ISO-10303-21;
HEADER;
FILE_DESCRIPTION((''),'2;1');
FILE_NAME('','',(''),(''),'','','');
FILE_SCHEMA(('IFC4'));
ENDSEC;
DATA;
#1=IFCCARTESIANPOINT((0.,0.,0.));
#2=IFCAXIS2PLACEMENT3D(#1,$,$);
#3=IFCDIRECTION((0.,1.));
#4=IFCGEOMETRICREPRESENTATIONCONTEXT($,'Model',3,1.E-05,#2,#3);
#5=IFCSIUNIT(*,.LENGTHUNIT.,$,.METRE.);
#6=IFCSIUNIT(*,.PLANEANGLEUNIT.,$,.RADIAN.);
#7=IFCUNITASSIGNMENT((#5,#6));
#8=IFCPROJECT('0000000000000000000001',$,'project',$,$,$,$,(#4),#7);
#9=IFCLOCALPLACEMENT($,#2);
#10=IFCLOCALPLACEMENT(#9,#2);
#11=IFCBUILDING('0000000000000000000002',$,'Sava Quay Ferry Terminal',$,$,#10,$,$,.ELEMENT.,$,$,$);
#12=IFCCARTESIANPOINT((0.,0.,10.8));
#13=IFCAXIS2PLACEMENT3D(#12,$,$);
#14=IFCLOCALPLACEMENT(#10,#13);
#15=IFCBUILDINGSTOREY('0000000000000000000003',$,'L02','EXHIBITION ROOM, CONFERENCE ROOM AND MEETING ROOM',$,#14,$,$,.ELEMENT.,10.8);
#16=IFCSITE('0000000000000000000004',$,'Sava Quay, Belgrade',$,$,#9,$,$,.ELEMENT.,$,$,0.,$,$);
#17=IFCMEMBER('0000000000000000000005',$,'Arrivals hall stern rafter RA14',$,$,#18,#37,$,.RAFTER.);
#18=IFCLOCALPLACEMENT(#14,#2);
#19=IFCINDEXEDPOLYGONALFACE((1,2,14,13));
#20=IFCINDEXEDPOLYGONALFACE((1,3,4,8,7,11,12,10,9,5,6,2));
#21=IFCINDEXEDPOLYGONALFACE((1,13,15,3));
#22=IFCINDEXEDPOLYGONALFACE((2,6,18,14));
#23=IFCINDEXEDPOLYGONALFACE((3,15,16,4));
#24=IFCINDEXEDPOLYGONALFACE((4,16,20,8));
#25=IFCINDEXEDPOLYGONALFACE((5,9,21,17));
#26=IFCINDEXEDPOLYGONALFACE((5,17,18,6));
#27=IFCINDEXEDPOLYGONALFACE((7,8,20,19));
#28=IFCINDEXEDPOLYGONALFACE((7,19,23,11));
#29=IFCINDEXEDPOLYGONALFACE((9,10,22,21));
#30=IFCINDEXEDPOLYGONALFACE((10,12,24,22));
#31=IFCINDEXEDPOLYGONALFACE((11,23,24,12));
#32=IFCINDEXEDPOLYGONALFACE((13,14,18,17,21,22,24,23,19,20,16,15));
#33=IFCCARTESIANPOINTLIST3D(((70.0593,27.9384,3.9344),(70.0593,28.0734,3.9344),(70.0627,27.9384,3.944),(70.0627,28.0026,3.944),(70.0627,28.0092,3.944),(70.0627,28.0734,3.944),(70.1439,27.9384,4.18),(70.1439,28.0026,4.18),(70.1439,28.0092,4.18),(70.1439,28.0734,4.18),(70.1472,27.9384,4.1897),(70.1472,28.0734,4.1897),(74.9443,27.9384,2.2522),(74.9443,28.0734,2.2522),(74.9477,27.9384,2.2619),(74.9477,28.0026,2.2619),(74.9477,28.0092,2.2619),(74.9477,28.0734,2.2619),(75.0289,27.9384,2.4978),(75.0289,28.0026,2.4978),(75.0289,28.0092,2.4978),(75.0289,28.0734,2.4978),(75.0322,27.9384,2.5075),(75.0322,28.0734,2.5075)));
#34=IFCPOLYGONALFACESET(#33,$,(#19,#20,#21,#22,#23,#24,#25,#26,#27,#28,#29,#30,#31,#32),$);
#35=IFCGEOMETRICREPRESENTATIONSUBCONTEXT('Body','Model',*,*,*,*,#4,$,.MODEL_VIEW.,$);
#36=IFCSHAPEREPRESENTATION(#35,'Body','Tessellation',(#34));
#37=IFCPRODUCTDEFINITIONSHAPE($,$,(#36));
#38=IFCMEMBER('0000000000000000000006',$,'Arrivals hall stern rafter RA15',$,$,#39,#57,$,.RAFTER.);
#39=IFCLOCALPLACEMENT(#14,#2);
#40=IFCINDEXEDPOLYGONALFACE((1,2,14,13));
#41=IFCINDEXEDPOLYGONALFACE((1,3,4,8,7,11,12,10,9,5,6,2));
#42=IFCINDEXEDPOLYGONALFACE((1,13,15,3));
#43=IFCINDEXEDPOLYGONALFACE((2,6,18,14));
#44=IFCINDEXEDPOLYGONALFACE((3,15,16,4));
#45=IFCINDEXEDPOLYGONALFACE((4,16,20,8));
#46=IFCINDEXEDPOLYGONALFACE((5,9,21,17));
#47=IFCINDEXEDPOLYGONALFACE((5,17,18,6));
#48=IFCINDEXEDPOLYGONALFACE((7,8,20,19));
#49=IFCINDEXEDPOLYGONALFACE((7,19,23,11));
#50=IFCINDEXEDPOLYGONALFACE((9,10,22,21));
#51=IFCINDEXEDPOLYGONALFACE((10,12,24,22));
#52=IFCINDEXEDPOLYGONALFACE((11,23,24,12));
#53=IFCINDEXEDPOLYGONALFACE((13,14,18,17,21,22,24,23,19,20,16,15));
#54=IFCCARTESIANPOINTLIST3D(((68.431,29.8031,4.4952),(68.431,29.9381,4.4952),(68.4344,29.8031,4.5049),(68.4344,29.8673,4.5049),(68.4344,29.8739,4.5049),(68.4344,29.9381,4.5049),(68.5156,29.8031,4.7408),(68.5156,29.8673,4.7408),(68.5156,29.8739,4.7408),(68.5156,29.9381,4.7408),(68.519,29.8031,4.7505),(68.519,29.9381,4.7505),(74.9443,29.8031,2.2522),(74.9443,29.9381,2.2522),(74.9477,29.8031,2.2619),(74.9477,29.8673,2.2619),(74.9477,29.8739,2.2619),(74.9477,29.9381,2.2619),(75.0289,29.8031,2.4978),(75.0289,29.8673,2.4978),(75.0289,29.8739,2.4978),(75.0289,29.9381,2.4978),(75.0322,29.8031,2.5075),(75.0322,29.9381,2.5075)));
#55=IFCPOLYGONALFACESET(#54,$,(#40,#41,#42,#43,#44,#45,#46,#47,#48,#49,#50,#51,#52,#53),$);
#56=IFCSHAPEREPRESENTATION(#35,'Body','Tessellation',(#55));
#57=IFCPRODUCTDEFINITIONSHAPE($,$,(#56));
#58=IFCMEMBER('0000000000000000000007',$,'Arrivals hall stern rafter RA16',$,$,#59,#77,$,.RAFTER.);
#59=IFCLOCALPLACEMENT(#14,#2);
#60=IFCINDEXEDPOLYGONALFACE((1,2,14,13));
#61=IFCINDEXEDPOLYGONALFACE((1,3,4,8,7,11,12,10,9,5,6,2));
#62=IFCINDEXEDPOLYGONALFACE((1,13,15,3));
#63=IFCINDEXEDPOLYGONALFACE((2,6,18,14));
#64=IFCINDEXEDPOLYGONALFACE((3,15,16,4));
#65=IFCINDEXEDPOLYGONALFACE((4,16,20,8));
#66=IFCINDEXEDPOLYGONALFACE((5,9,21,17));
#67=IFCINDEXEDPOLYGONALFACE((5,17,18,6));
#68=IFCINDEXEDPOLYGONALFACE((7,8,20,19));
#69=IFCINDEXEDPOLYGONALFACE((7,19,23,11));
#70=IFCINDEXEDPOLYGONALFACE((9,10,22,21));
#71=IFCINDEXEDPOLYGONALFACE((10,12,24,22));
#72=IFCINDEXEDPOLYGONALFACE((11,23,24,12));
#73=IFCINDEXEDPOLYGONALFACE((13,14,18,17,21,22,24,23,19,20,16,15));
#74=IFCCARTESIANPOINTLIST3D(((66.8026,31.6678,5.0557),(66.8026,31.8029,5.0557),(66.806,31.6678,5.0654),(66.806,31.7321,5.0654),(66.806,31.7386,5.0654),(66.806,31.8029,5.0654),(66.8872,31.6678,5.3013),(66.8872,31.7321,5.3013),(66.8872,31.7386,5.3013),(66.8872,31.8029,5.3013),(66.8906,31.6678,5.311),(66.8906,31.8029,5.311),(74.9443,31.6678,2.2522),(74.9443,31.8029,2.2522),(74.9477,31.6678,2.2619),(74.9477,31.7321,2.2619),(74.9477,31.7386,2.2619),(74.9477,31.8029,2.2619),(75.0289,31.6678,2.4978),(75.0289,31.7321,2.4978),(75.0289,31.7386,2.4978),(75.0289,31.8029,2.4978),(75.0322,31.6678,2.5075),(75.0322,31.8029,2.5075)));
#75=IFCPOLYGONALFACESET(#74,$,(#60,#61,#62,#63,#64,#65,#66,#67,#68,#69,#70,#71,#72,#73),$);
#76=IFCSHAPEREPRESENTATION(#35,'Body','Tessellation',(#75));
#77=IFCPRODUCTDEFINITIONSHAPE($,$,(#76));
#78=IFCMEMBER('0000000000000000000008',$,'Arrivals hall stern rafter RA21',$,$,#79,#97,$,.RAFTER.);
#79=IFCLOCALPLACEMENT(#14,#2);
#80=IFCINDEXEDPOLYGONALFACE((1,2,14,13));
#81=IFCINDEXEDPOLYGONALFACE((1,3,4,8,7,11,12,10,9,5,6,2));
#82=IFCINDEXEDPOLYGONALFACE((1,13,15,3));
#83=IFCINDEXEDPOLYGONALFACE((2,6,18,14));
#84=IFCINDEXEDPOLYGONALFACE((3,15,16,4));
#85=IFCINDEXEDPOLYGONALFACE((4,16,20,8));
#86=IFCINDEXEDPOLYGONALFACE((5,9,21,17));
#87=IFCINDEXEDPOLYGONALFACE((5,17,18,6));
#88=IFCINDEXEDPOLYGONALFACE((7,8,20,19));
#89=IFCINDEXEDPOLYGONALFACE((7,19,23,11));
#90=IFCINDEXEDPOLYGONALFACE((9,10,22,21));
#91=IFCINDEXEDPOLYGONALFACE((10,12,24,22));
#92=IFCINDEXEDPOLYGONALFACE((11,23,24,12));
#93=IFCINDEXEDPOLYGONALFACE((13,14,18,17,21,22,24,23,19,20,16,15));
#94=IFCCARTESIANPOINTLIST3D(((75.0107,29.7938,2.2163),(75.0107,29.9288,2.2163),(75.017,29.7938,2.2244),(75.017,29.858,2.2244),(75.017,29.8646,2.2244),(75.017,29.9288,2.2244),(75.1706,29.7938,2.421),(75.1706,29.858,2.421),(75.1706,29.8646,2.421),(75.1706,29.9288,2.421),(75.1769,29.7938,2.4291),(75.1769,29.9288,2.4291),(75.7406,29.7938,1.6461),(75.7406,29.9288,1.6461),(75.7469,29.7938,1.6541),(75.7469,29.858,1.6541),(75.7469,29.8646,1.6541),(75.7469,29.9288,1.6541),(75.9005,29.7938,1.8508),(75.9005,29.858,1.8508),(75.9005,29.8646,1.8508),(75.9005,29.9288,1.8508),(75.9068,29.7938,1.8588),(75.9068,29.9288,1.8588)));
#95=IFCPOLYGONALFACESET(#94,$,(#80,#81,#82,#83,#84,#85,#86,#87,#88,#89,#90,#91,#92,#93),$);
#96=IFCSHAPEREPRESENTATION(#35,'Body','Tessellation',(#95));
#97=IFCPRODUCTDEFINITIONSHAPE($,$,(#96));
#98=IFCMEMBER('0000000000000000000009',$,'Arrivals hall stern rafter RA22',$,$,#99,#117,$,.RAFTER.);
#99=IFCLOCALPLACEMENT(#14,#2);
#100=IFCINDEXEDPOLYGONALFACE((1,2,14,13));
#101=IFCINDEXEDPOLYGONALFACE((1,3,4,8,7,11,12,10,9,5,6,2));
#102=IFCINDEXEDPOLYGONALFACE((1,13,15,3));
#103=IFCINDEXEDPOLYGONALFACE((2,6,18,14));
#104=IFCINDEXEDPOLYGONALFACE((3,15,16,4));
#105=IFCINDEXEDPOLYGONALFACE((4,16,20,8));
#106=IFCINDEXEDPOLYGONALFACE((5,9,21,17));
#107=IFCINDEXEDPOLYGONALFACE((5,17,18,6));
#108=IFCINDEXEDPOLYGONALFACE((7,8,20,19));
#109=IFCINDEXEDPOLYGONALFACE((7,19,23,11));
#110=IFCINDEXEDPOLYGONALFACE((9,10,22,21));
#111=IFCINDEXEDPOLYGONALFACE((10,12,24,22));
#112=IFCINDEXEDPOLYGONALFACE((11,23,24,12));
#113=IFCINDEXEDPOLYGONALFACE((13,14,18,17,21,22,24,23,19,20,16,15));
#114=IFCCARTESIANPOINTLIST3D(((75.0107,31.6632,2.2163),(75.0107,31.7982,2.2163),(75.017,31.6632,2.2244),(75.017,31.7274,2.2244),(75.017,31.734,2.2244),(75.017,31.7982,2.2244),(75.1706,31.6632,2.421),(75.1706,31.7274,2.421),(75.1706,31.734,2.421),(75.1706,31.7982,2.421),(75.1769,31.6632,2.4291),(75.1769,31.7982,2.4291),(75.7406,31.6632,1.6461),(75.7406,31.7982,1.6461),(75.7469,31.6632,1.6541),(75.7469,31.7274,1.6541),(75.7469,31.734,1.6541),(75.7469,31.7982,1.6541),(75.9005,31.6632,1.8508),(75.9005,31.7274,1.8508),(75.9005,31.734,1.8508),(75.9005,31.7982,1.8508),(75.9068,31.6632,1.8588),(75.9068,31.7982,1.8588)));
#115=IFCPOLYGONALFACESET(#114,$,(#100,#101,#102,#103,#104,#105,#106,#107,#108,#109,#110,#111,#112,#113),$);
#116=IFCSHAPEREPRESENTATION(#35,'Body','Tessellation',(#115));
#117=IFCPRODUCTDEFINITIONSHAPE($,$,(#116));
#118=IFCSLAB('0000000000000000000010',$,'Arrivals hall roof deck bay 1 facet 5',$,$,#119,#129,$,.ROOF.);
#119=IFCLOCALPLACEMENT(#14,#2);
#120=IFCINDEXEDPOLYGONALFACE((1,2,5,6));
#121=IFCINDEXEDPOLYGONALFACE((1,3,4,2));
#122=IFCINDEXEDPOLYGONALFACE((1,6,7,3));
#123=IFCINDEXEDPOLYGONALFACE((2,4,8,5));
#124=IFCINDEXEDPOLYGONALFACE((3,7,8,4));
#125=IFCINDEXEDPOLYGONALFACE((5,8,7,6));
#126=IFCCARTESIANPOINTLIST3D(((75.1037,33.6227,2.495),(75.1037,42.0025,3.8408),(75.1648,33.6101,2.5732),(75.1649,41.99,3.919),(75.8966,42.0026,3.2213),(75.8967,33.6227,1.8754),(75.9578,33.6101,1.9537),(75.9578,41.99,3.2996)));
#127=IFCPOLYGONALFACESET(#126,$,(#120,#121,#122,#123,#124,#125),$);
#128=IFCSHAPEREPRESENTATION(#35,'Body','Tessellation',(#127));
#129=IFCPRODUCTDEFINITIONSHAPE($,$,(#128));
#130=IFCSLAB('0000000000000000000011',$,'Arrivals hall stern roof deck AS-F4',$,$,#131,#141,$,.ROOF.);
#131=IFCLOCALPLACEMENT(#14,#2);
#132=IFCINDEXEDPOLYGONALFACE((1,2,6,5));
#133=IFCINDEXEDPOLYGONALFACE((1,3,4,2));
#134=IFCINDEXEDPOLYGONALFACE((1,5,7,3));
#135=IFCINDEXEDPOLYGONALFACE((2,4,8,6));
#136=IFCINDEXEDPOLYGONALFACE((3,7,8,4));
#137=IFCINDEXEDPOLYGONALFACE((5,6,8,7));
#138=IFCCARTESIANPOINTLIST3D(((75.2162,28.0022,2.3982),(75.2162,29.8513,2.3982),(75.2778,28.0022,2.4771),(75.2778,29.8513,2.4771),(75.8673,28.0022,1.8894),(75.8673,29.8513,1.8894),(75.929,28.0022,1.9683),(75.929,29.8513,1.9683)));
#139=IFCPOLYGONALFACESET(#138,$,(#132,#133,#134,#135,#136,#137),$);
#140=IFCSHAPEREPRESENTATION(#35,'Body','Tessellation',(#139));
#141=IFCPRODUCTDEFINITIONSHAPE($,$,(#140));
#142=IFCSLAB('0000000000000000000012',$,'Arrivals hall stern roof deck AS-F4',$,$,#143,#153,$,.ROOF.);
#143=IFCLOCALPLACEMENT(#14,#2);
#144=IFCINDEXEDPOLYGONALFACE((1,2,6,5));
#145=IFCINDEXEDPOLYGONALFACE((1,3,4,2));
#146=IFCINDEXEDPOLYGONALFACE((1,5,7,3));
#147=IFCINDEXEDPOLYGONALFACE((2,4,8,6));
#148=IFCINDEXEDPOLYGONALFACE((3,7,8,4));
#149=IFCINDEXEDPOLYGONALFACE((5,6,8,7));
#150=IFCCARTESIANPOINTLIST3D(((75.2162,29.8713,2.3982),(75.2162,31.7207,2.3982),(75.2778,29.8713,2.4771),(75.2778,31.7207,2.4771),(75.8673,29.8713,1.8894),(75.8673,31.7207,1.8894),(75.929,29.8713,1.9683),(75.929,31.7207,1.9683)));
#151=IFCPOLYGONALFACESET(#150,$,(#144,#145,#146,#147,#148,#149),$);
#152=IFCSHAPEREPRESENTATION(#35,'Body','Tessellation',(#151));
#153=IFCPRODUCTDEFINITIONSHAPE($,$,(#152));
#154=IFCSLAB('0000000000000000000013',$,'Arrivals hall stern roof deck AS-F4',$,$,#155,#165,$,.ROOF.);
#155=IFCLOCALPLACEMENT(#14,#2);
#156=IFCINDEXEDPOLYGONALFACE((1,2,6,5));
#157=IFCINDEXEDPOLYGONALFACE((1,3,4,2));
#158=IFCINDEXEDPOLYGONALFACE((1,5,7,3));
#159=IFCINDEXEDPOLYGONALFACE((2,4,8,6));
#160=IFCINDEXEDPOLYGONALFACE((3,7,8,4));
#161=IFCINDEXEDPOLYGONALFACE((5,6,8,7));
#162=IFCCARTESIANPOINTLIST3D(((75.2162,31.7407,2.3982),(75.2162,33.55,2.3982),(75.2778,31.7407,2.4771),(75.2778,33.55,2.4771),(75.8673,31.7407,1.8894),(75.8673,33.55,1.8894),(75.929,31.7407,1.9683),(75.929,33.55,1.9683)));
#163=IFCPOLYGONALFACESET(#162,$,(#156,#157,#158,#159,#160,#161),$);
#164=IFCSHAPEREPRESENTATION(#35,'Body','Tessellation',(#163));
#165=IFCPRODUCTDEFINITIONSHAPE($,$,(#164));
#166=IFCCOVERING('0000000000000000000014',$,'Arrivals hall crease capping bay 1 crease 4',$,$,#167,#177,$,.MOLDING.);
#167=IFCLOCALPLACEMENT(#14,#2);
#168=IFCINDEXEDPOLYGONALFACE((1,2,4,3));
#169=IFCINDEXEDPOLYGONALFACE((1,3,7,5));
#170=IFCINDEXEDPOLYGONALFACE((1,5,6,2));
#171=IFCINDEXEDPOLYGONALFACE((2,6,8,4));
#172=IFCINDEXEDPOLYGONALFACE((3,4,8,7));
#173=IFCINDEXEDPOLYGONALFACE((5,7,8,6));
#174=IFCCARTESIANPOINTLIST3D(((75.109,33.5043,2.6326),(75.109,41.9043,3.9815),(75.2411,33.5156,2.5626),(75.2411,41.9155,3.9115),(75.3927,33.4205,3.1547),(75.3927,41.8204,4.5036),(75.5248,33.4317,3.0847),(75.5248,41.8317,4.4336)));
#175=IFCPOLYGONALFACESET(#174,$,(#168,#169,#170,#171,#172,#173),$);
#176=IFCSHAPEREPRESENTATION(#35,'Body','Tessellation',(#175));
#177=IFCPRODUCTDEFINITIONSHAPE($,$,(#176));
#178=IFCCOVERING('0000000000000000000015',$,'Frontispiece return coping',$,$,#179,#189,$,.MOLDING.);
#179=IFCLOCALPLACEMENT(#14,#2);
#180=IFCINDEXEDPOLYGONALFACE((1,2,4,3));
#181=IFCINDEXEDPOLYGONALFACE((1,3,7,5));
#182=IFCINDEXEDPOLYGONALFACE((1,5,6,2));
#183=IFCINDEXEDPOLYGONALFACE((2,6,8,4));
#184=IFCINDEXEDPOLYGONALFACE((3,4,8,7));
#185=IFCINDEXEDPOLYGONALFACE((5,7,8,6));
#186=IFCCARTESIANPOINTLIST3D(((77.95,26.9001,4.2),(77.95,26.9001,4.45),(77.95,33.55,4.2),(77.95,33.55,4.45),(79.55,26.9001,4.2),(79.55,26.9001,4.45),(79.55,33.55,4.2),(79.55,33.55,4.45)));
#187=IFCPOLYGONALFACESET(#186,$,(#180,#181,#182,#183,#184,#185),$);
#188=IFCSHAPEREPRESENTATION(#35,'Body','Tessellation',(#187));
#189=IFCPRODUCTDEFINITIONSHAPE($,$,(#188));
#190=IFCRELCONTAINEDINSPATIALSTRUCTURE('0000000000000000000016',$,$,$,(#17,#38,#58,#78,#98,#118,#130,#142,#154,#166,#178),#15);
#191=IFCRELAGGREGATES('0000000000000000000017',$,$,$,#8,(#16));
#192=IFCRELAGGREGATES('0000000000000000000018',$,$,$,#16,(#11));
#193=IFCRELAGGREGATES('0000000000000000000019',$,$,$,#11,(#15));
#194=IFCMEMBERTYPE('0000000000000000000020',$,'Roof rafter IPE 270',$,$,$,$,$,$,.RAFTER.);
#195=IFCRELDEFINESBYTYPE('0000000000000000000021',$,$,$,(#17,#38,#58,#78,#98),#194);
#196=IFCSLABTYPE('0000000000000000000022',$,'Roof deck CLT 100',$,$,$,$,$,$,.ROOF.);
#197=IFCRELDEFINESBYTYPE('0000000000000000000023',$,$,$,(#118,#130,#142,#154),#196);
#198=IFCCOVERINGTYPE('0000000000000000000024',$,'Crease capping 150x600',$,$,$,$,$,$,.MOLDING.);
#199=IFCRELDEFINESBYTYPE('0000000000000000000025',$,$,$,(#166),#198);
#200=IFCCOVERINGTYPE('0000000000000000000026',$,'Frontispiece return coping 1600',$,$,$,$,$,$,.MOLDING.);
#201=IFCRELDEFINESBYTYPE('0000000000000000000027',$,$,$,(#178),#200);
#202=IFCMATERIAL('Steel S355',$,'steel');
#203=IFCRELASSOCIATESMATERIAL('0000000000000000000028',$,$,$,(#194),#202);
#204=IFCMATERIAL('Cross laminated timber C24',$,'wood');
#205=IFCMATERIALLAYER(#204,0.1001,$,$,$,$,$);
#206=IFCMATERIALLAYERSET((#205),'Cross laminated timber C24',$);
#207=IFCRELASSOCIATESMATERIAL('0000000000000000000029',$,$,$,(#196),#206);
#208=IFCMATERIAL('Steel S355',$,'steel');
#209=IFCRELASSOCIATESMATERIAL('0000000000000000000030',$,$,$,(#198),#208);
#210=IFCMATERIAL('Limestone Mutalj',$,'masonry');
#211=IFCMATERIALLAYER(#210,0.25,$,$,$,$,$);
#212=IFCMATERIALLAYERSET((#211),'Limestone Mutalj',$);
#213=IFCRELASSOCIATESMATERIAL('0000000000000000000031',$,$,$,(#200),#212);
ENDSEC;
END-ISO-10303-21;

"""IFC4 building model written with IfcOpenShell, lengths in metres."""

from ifc_helpers import new_model, si_unit, direction, frame, origin, origin_2d, place, context, subcontext, project, spatial, polyline, rectangle, i_section, outline, extrude, material, layer, layer_set, material_profile, profile_set, type_object, element, save


model = new_model("IFC4")

# Units and contexts
model_context = context("Model", 3, precision=1e-05, world=origin(), true_north=direction((0.0, 1.0)))
body_context = subcontext(model_context, "Body", "Model", "MODEL_VIEW")
ifc_project = project(units=[si_unit("LENGTHUNIT", "METRE"), si_unit("PLANEANGLEUNIT", "RADIAN")], contexts=[model_context])

# Site, building, storey
site_placement = place(None, origin())
site = spatial("IfcSite", under=ifc_project, at=site_placement, Name="Sava Quay, Belgrade", CompositionType="ELEMENT", RefElevation=0.0)
building_placement = place(site_placement, origin())
building = spatial("IfcBuilding", under=site, at=building_placement, Name="Sava Quay Ferry Terminal", CompositionType="ELEMENT")
storey_placement = place(building_placement, frame((0.0, 0.0, 10.8)))
storey = spatial("IfcBuildingStorey", under=building, at=storey_placement, Name="L02", Description="EXHIBITION ROOM, CONFERENCE ROOM AND MEETING ROOM", CompositionType="ELEMENT", Elevation=10.8)

# Members
ifc_material_1 = material(Name="Steel S355", Category="steel")
ifc_material_profile_1 = material_profile(ifc_material_1, i_section(OverallWidth=0.135, OverallDepth=0.27, WebThickness=0.0066, FlangeThickness=0.0103, at=origin_2d()), Name="IPE 270")
ifc_profile_set_1 = profile_set([ifc_material_profile_1], Name="Steel S355")
member_type_1 = type_object("IfcMemberType", Name="Roof rafter IPE 270", PredefinedType="RAFTER", material=ifc_profile_set_1)
member_1_placement = place(storey_placement, frame((74.9883, 28.0059, 2.3799), z_axis=(-0.945514, 0.0, 0.325583), x_axis=(0.0, -1.0, 0.0)))
element("IfcMember", 1, at=member_1_placement, inside=storey, type_object=member_type_1, Name="Arrivals hall stern rafter RA14", PredefinedType="RAFTER", context=body_context, shape_type="SweptSolid", body=[
    extrude(i_section(OverallWidth=0.135, OverallDepth=0.27, WebThickness=0.0066, FlangeThickness=0.0103, at=origin_2d()), origin(), (0.0, 0.0, 1.0), 5.1665),
])
member_2_placement = place(storey_placement, frame((74.9883, 29.8706, 2.3799), z_axis=(-0.945507, 0.0, 0.325601), x_axis=(0.0, -1.0, 0.0)))
element("IfcMember", 2, at=member_2_placement, inside=storey, type_object=member_type_1, Name="Arrivals hall stern rafter RA15", PredefinedType="RAFTER", context=body_context, shape_type="SweptSolid", body=[
    extrude(i_section(OverallWidth=0.135, OverallDepth=0.27, WebThickness=0.0066, FlangeThickness=0.0103, at=origin_2d()), origin(), (0.0, 0.0, 1.0), 6.8887),
])
member_3_placement = place(storey_placement, frame((74.9883, 31.7354, 2.3799), z_axis=(-0.945515, 0.0, 0.325577), x_axis=(0.0, -1.0, 0.0)))
element("IfcMember", 3, at=member_3_placement, inside=storey, type_object=member_type_1, Name="Arrivals hall stern rafter RA16", PredefinedType="RAFTER", context=body_context, shape_type="SweptSolid", body=[
    extrude(i_section(OverallWidth=0.135, OverallDepth=0.27, WebThickness=0.0066, FlangeThickness=0.0103, at=origin_2d()), origin(), (0.0, 0.0, 1.0), 8.6108),
])
for number, where, z_axis, x_axis, name in (
    (4, (75.8237, 29.8613, 1.7524), (-0.788016, 0.0, 0.615654), (0.0, -1.0, 0.0), "Arrivals hall stern rafter RA21"),
    (5, (75.8237, 31.7307, 1.7524), (-0.788016, 0.0, 0.615654), (0.0, -1.0, 0.0), "Arrivals hall stern rafter RA22"),
):
    element("IfcMember", number, at=place(storey_placement, frame(where, z_axis=z_axis, x_axis=x_axis)), inside=storey, type_object=member_type_1, Name=name, PredefinedType="RAFTER", context=body_context, shape_type="SweptSolid", body=[
        extrude(i_section(OverallWidth=0.135, OverallDepth=0.27, WebThickness=0.0066, FlangeThickness=0.0103, at=origin_2d()), origin(), (0.0, 0.0, 1.0), 0.9263),
    ])

# Slabs
ifc_material_2 = material(Name="Cross laminated timber C24", Category="wood")
ifc_layer_1 = layer(ifc_material_2, 0.1001)
ifc_layer_set_1 = layer_set([ifc_layer_1], Name="Cross laminated timber C24")
slab_type = type_object("IfcSlabType", Name="Roof deck CLT 100", PredefinedType="ROOF", material=ifc_layer_set_1)
slab_1_placement = place(storey_placement, frame((75.1648, 33.6101, 2.5732), z_axis=(0.610772, -0.125557, 0.781788), x_axis=(0.000007, 0.987349, 0.158565)))
element("IfcSlab", 6, at=slab_1_placement, inside=storey, type_object=slab_type, Name="Arrivals hall roof deck bay 1 facet 5", PredefinedType="ROOF", context=body_context, shape_type="SweptSolid", body=[
    extrude(outline(polyline([(0.0, 0.0), (8.4872, 0.0), (8.389, -1.0014), (-0.0982, -1.0015), (0.0, 0.0)])), origin(), (0.0, 0.0, -1.0), 0.1001),
])
slab_2_placement = place(storey_placement, frame((75.2778, 29.8513, 2.4771), z_axis=(0.615719, 0.0, 0.787966), x_axis=(0.787966, 0.0, -0.615719)))
element("IfcSlab", 7, at=slab_2_placement, inside=storey, type_object=slab_type, Name="Arrivals hall stern roof deck AS-F4", PredefinedType="ROOF", context=body_context, shape_type="SweptSolid", body=[
    extrude(outline(polyline([(0.0, 0.0), (0.8263, 0.0), (0.8263, -1.8491), (0.0, -1.8491), (0.0, 0.0)])), origin(), (0.0, 0.0, -1.0), 0.1001),
])
slab_3_placement = place(storey_placement, frame((75.2778, 31.7207, 2.4771), z_axis=(0.615719, 0.0, 0.787966), x_axis=(0.787966, 0.0, -0.615719)))
element("IfcSlab", 8, at=slab_3_placement, inside=storey, type_object=slab_type, Name="Arrivals hall stern roof deck AS-F4", PredefinedType="ROOF", context=body_context, shape_type="SweptSolid", body=[
    extrude(outline(polyline([(0.0, 0.0), (0.8263, 0.0), (0.8263, -1.8494), (0.0, -1.8494), (0.0, 0.0)])), origin(), (0.0, 0.0, -1.0), 0.1001),
])
slab_4_placement = place(storey_placement, frame((75.2778, 33.55, 2.4771), z_axis=(0.615719, 0.0, 0.787966), x_axis=(0.787966, 0.0, -0.615719)))
element("IfcSlab", 9, at=slab_4_placement, inside=storey, type_object=slab_type, Name="Arrivals hall stern roof deck AS-F4", PredefinedType="ROOF", context=body_context, shape_type="SweptSolid", body=[
    extrude(outline(polyline([(0.0, 0.0), (0.8263, 0.0), (0.8263, -1.8093), (0.0, -1.8093), (0.0, 0.0)])), origin(), (0.0, 0.0, -1.0), 0.1001),
])

# Coverings
ifc_material_3 = material(Name="Steel S355", Category="steel")
ifc_material_profile_2 = material_profile(ifc_material_3, rectangle(XDim=0.1499, YDim=0.6001, at=origin_2d()), Name="Cap 150 x 600")
ifc_profile_set_2 = profile_set([ifc_material_profile_2], Name="Steel S355")
covering_type_1 = type_object("IfcCoveringType", Name="Crease capping 150x600", PredefinedType="MOLDING", material=ifc_profile_set_2)
covering_1_placement = place(storey_placement, frame((75.3169, 33.468, 2.8586), z_axis=(0.0, 0.987351, 0.158551), x_axis=(-0.881208, -0.074952, 0.46675)))
element("IfcCovering", 10, at=covering_1_placement, inside=storey, type_object=covering_type_1, Name="Arrivals hall crease capping bay 1 crease 4", PredefinedType="MOLDING", context=body_context, shape_type="SweptSolid", body=[
    extrude(rectangle(XDim=0.1499, YDim=0.6001, at=origin_2d()), origin(), (0.0, 0.0, 1.0), 8.5076),
])
ifc_material_4 = material(Name="Limestone Mutalj", Category="masonry")
ifc_layer_2 = layer(ifc_material_4, 0.25)
ifc_layer_set_2 = layer_set([ifc_layer_2], Name="Limestone Mutalj")
covering_type_2 = type_object("IfcCoveringType", Name="Frontispiece return coping 1600", PredefinedType="MOLDING", material=ifc_layer_set_2)
covering_2_placement = place(storey_placement, frame((78.75, 30.2251, 4.2), z_axis=(0.0, 0.0, 1.0), x_axis=(1.0, 0.0, 0.0)))
element("IfcCovering", 11, at=covering_2_placement, inside=storey, type_object=covering_type_2, Name="Frontispiece return coping", PredefinedType="MOLDING", context=body_context, shape_type="SweptSolid", body=[
    extrude(rectangle(XDim=1.6001, YDim=6.6499, at=origin_2d()), origin(), (0.0, 0.0, 1.0), 0.25),
])

save(model, "model.ifc")
